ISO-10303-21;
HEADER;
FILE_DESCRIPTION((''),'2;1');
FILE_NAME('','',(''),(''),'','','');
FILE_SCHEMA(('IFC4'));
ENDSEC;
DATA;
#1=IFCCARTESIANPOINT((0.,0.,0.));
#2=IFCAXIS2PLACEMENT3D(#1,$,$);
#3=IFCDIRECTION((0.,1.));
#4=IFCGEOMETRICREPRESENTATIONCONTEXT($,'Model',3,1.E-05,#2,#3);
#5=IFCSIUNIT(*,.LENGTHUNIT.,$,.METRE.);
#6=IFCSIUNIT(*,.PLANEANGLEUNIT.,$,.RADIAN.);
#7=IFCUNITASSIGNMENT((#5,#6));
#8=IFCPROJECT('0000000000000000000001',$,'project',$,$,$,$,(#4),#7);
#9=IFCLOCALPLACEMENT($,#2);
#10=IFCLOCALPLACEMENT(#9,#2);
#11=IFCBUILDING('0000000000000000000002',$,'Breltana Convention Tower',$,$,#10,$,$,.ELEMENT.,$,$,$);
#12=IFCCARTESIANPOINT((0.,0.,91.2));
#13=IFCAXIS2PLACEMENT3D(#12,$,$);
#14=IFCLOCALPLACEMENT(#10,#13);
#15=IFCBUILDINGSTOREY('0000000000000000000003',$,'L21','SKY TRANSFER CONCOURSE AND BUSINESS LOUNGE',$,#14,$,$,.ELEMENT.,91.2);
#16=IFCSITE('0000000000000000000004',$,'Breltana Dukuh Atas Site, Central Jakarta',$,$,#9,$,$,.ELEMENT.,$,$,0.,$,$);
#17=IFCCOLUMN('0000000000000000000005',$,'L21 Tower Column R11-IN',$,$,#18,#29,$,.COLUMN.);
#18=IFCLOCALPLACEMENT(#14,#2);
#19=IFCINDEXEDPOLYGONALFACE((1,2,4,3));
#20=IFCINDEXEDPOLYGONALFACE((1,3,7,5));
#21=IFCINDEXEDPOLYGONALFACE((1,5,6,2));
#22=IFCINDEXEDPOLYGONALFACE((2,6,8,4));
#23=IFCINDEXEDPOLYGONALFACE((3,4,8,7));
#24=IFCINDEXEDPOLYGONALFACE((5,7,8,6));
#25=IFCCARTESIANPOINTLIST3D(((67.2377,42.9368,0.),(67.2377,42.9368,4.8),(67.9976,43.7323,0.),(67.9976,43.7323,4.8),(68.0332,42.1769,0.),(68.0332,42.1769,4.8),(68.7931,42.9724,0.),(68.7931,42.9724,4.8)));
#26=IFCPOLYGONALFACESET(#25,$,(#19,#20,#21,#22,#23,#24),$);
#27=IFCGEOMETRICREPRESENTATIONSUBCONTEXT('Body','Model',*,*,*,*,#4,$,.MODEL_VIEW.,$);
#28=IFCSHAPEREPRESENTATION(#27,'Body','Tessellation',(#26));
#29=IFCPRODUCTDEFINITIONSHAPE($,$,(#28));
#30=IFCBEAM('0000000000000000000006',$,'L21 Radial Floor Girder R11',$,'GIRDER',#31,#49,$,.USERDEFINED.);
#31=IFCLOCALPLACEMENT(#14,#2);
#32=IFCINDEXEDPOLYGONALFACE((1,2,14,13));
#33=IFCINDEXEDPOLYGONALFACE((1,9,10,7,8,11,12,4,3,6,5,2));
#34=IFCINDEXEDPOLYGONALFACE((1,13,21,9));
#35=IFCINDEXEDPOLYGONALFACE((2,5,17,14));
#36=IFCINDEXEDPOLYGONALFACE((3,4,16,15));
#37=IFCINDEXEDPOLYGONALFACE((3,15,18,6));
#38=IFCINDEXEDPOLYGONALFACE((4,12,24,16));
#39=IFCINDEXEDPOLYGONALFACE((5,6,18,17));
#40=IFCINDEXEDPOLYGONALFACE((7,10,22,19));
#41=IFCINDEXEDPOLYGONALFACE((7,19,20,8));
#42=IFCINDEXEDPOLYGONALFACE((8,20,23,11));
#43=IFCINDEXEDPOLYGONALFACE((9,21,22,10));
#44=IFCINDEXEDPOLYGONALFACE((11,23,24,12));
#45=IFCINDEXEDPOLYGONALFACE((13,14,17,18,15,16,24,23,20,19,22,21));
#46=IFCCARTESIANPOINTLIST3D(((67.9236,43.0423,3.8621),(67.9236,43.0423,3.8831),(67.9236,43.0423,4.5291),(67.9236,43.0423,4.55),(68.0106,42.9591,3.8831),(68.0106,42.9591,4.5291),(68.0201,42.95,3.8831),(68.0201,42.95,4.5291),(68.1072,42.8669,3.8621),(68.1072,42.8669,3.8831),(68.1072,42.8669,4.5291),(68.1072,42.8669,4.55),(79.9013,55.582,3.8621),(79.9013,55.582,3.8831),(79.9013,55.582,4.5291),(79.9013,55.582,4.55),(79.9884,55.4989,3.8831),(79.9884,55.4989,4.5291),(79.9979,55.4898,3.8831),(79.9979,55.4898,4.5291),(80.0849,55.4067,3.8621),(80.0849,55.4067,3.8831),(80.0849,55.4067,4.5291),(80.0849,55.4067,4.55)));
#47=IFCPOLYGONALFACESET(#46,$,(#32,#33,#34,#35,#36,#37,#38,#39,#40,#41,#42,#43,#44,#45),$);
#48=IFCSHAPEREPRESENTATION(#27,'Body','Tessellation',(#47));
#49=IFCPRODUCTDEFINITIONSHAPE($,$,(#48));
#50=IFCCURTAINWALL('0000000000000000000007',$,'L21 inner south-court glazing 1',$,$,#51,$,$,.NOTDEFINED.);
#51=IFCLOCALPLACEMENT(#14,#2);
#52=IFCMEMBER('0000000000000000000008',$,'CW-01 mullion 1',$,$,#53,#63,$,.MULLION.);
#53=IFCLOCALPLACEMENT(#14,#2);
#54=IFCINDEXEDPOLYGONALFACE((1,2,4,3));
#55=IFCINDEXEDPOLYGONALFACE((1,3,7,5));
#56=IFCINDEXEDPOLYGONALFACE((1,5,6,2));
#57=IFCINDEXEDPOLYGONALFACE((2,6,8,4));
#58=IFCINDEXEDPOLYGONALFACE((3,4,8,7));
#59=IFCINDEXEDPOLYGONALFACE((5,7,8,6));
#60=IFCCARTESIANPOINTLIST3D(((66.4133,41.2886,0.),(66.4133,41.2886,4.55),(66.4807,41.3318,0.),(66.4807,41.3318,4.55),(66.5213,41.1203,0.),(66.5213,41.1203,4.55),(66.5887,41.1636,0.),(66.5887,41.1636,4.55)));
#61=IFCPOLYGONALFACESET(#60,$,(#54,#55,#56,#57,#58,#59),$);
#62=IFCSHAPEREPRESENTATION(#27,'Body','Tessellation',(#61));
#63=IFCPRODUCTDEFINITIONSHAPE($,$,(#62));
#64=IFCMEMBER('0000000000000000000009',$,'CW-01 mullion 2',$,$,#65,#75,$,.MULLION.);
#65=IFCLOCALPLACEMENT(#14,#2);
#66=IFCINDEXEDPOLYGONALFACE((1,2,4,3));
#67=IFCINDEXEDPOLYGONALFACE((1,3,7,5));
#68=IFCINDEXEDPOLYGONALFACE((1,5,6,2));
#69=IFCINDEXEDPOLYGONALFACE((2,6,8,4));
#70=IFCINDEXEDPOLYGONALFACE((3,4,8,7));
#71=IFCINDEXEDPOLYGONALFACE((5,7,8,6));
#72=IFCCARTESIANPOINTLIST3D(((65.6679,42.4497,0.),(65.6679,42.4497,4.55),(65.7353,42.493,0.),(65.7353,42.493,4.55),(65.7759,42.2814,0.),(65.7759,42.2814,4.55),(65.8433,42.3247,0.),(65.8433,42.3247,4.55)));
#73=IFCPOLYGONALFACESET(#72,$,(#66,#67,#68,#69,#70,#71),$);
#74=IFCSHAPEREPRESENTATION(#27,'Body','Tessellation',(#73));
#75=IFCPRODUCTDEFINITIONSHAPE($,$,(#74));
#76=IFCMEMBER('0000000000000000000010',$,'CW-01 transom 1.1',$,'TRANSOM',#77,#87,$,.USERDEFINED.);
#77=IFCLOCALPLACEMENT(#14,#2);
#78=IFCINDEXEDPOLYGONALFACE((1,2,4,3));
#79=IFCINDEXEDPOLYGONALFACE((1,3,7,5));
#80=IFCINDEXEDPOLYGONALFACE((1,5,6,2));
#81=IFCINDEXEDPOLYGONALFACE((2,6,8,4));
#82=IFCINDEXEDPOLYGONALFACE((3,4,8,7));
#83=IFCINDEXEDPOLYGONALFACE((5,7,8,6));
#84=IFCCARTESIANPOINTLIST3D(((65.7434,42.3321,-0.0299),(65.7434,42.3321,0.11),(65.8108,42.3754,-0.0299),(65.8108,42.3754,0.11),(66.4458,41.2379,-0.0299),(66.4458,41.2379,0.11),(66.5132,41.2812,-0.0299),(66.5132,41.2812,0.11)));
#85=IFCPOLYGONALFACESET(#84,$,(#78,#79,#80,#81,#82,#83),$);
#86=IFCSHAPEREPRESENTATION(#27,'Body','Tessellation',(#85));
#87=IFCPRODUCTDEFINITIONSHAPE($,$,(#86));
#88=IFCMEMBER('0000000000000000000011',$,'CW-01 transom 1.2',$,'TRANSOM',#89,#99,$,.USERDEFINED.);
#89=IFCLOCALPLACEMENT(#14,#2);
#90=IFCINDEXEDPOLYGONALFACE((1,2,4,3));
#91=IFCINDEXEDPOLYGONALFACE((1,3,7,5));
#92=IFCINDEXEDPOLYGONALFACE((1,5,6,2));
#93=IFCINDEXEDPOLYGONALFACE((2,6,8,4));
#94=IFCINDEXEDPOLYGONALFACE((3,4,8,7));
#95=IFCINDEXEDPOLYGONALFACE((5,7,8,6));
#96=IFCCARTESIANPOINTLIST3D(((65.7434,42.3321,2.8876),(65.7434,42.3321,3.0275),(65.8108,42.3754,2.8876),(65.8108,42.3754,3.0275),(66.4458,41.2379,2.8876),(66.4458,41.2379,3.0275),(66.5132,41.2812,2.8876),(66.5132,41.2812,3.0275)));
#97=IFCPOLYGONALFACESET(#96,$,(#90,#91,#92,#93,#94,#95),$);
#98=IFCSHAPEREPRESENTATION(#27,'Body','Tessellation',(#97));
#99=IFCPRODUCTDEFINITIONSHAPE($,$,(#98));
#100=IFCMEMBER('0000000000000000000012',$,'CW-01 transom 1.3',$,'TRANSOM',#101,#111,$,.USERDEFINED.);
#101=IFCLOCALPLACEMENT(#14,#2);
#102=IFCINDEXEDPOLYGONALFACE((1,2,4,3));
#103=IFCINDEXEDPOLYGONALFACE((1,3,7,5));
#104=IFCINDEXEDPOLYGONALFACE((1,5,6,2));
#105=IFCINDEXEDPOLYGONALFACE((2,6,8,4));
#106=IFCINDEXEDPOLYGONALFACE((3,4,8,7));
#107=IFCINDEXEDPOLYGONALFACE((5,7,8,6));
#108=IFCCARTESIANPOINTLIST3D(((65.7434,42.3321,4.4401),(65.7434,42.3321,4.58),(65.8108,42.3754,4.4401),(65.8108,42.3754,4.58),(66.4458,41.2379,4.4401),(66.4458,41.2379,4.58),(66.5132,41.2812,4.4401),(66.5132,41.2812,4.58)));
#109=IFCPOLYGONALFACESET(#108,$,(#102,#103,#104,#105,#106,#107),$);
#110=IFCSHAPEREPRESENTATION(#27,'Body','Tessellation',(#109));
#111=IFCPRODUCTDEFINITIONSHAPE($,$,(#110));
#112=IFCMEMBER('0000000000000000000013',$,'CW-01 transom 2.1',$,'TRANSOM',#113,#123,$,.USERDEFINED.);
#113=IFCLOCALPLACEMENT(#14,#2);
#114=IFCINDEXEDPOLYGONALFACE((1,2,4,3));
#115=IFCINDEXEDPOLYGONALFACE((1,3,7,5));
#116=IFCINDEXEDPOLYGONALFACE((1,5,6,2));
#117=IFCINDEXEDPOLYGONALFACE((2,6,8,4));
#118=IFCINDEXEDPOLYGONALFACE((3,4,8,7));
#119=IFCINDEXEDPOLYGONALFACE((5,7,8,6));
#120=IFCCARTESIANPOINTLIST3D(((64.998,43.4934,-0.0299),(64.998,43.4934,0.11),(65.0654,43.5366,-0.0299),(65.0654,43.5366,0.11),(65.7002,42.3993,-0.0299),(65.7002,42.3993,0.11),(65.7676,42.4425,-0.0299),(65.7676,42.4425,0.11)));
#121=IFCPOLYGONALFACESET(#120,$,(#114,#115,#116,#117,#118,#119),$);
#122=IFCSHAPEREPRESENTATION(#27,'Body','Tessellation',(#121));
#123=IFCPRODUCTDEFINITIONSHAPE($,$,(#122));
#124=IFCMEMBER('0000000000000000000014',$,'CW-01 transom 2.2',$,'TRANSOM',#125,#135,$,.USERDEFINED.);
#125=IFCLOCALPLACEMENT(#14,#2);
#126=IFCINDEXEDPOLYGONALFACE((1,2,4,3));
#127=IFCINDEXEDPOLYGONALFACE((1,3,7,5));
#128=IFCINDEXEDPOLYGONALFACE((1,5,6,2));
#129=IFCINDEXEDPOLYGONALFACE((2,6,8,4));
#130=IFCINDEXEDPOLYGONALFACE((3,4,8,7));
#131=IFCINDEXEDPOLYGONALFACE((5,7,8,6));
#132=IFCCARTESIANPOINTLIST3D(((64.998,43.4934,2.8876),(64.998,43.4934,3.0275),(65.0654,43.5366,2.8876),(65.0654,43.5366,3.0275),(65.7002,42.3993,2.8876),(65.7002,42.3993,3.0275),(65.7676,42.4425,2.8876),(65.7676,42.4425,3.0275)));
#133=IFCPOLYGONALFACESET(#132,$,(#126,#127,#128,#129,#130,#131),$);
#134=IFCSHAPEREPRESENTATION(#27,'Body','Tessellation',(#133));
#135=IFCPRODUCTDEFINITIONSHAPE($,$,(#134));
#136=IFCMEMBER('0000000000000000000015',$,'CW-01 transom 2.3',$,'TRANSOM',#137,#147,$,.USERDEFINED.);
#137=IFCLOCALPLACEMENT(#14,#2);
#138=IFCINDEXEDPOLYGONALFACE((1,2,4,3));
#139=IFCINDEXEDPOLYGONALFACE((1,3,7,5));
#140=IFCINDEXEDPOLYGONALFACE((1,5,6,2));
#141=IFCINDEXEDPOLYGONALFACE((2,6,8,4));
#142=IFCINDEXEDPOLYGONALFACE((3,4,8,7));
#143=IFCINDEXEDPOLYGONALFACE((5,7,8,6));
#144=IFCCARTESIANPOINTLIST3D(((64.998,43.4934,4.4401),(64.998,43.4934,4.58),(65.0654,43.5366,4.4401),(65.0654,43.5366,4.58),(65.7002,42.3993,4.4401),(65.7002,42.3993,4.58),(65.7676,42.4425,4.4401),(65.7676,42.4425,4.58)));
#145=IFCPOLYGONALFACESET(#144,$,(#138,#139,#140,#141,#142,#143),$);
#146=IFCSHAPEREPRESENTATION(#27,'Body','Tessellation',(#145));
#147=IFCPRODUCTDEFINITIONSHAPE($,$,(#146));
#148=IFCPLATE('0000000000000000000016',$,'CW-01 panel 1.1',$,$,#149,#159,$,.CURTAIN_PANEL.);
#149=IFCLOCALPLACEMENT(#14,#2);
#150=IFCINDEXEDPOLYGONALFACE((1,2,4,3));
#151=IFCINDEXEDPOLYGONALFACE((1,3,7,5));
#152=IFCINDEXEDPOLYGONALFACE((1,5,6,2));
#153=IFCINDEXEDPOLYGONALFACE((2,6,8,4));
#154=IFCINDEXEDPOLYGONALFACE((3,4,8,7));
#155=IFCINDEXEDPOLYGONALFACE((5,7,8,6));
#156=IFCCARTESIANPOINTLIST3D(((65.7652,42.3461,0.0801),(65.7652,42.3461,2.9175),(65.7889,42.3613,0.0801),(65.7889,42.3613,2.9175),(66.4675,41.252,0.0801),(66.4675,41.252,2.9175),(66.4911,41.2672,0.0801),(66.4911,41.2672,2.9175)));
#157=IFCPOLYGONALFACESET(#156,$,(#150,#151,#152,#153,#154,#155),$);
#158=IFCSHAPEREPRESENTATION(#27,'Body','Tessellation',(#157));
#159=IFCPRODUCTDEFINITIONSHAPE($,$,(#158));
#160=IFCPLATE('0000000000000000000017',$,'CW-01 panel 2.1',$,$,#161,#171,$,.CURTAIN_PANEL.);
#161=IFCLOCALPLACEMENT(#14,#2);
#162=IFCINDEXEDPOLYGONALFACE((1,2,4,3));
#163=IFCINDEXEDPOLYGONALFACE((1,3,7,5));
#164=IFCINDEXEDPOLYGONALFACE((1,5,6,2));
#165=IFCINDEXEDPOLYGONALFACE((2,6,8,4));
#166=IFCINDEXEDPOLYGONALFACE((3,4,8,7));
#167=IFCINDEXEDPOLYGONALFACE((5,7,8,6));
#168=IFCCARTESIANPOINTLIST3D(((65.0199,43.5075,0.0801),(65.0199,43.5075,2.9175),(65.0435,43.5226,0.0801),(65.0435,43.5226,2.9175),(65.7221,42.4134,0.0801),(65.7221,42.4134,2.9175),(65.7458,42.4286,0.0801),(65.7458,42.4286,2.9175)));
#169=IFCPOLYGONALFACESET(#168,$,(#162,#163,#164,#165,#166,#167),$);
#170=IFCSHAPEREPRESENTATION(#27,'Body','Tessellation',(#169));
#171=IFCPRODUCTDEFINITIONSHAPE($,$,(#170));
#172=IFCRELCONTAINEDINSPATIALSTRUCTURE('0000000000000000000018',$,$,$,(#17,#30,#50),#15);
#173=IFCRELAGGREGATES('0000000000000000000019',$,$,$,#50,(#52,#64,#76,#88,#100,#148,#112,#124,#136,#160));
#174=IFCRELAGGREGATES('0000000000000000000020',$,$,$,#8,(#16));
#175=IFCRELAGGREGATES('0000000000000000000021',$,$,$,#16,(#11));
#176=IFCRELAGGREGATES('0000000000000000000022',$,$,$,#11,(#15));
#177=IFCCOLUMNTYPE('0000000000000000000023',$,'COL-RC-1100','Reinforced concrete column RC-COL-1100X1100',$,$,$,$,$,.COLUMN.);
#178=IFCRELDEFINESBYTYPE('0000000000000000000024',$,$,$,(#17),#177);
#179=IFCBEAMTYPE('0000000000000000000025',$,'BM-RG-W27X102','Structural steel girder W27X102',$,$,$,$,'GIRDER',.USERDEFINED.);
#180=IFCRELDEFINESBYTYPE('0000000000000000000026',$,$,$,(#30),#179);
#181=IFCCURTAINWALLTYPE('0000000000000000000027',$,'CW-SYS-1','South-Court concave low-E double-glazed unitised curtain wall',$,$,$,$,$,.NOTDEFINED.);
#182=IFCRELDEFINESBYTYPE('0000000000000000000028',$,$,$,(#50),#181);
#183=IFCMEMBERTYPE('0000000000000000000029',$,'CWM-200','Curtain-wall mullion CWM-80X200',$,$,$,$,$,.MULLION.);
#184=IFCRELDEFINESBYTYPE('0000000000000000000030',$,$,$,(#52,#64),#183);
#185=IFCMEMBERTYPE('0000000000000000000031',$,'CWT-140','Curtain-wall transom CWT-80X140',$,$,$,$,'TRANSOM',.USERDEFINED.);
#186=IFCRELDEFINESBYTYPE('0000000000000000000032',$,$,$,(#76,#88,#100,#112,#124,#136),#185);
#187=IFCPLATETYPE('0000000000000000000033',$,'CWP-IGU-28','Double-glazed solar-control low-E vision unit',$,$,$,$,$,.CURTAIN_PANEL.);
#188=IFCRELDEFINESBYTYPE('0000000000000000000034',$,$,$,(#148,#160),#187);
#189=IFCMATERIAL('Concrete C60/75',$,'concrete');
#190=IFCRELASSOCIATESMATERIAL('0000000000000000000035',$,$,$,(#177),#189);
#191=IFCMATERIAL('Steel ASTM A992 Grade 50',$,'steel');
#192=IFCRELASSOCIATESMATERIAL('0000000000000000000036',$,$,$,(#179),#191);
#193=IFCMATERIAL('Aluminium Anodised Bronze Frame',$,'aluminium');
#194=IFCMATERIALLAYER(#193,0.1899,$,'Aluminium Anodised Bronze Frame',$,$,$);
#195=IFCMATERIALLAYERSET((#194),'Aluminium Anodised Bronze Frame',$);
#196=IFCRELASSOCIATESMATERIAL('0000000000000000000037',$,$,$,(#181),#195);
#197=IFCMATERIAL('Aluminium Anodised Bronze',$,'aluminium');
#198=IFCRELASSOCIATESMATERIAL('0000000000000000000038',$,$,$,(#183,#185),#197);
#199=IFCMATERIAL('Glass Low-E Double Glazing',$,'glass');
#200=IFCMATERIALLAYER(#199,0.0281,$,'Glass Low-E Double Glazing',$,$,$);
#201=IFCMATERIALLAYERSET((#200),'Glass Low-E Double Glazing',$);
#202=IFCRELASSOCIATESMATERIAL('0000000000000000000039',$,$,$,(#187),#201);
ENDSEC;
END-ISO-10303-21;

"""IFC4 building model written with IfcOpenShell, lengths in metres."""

from ifc_helpers import new_model, si_unit, direction, frame, origin, origin_2d, place, context, subcontext, project, spatial, rectangle, i_section, extrude, source, transform, mapped, material, layer, layer_set, material_profile, profile_set, type_object, type_shapes, element, aggregate, save


model = new_model("IFC4")

# Units and contexts
model_context = context("Model", 3, precision=1e-05, world=origin(), true_north=direction((0.0, 1.0)))
body_context = subcontext(model_context, "Body", "Model", "MODEL_VIEW")
ifc_project = project(units=[si_unit("LENGTHUNIT", "METRE"), si_unit("PLANEANGLEUNIT", "RADIAN")], contexts=[model_context])

# Site, building, storey
site_placement = place(None, origin())
site = spatial("IfcSite", under=ifc_project, at=site_placement, Name="Breltana Dukuh Atas Site, Central Jakarta", CompositionType="ELEMENT", RefElevation=0.0)
building_placement = place(site_placement, origin())
building = spatial("IfcBuilding", under=site, at=building_placement, Name="Breltana Convention Tower", CompositionType="ELEMENT")
storey_placement = place(building_placement, frame((0.0, 0.0, 91.2)))
storey = spatial("IfcBuildingStorey", under=building, at=storey_placement, Name="L21", Description="SKY TRANSFER CONCOURSE AND BUSINESS LOUNGE", CompositionType="ELEMENT", Elevation=91.2)

# Column
ifc_material_1 = material(Name="Concrete C60/75", Category="concrete")
ifc_material_profile_1 = material_profile(ifc_material_1, rectangle(XDim=1.1001, YDim=1.1001, at=origin_2d()), Name="RC-COL-1100X1100")
ifc_profile_set_1 = profile_set([ifc_material_profile_1], Name="Concrete C60/75")
column_type = type_object("IfcColumnType", Name="COL-RC-1100", Description="Reinforced concrete column RC-COL-1100X1100", PredefinedType="COLUMN", material=ifc_profile_set_1)
shared_shape_1 = source(origin(), body_context, "Body", "SweptSolid", [
    extrude(rectangle(XDim=1.1001, YDim=1.1001, at=origin_2d()), origin(), (0.0, 0.0, 1.0), 4.8),
])
column_placement = place(storey_placement, frame((68.0154, 42.9546, 0.0), z_axis=(0.0, 0.0, 1.0), x_axis=(0.690756, 0.723088, 0.0)))
element("IfcColumn", 1, at=column_placement, inside=storey, type_object=column_type, Name="L21 Tower Column R11-IN", PredefinedType="COLUMN", context=body_context, shape_type="MappedRepresentation", body=[
    mapped(shared_shape_1, transform((0.0, 0.0, 0.0), scale=1.0)),
])

# Beam
ifc_material_2 = material(Name="Steel ASTM A992 Grade 50", Category="steel")
ifc_material_profile_2 = material_profile(ifc_material_2, i_section(OverallWidth=0.2539, OverallDepth=0.688, WebThickness=0.0132, FlangeThickness=0.021, at=origin_2d()), Name="W27X102")
ifc_profile_set_2 = profile_set([ifc_material_profile_2], Name="Steel ASTM A992 Grade 50")
beam_type = type_object("IfcBeamType", Name="BM-RG-W27X102", Description="Structural steel girder W27X102", ElementType="GIRDER", PredefinedType="USERDEFINED", material=ifc_profile_set_2)
shared_shape_2 = source(origin(), body_context, "Body", "SweptSolid", [
    extrude(i_section(OverallWidth=0.2539, OverallDepth=0.688, WebThickness=0.0132, FlangeThickness=0.021, at=origin_2d()), origin(), (0.0, 0.0, 1.0), 17.3411),
])
type_shapes(beam_type, [shared_shape_2])
beam_placement = place(storey_placement, frame((68.0154, 42.9546, 4.2061), z_axis=(0.690716, 0.723126, 0.0), x_axis=(-0.723126, 0.690716, 0.0)))
element("IfcBeam", 2, at=beam_placement, inside=storey, type_object=beam_type, Name="L21 Radial Floor Girder R11", ObjectType="GIRDER", PredefinedType="USERDEFINED", context=body_context, shape_type="MappedRepresentation", body=[
    mapped(shared_shape_2, transform((0.0, 0.0, 0.0), scale=1.0)),
])

# Curtain wall, members, plates
ifc_material_3 = material(Name="Aluminium Anodised Bronze Frame", Category="aluminium")
ifc_layer_1 = layer(ifc_material_3, 0.1899, Name="Aluminium Anodised Bronze Frame")
ifc_layer_set_1 = layer_set([ifc_layer_1], Name="Aluminium Anodised Bronze Frame")
curtain_wall_type = type_object("IfcCurtainWallType", Name="CW-SYS-1", Description="South-Court concave low-E double-glazed unitised curtain wall", PredefinedType="NOTDEFINED", material=ifc_layer_set_1)
curtain_wall_placement = place(storey_placement, origin())
curtain_wall = element("IfcCurtainWall", 3, at=curtain_wall_placement, inside=storey, type_object=curtain_wall_type, Name="L21 inner south-court glazing 1", PredefinedType="NOTDEFINED")
ifc_material_4 = material(Name="Aluminium Anodised Bronze", Category="aluminium")
ifc_material_profile_3 = material_profile(ifc_material_4, rectangle(XDim=0.0801, YDim=0.2, at=origin_2d()), Name="CWM-80X200")
ifc_profile_set_3 = profile_set([ifc_material_profile_3], Name="Aluminium Anodised Bronze")
member_type_1 = type_object("IfcMemberType", Name="CWM-200", Description="Curtain-wall mullion CWM-80X200", PredefinedType="MULLION", material=ifc_profile_set_3)
shared_shape_3 = source(origin(), body_context, "Body", "SweptSolid", [
    extrude(rectangle(XDim=0.0801, YDim=0.2, at=origin_2d()), origin(), (0.0, 0.0, 1.0), 4.55),
])
member_1_placement = place(storey_placement, frame((66.501, 41.2261, 0.0), z_axis=(0.0, 0.0, 1.0), x_axis=(-0.841551, -0.540177, 0.0)))
member_1 = element("IfcMember", 4, at=member_1_placement, type_object=member_type_1, Name="CW-01 mullion 1", PredefinedType="MULLION", context=body_context, shape_type="MappedRepresentation", body=[
    mapped(shared_shape_3, transform((0.0, 0.0, 0.0), scale=1.0)),
])
member_2_placement = place(storey_placement, frame((65.7556, 42.3872, 0.0), z_axis=(0.0, 0.0, 1.0), x_axis=(-0.841551, -0.540177, 0.0)))
member_2 = element("IfcMember", 5, at=member_2_placement, type_object=member_type_1, Name="CW-01 mullion 2", PredefinedType="MULLION", context=body_context, shape_type="MappedRepresentation", body=[
    mapped(shared_shape_3, transform((0.0, 0.0, 0.0), scale=1.0)),
])
ifc_material_profile_4 = material_profile(ifc_material_4, rectangle(XDim=0.0801, YDim=0.1399, at=origin_2d()), Name="CWT-80X140")
ifc_profile_set_4 = profile_set([ifc_material_profile_4], Name="Aluminium Anodised Bronze")
member_type_2 = type_object("IfcMemberType", Name="CWT-140", Description="Curtain-wall transom CWT-80X140", ElementType="TRANSOM", PredefinedType="USERDEFINED", material=ifc_profile_set_4)
shared_shape_4 = source(origin(), body_context, "Body", "SweptSolid", [
    extrude(rectangle(XDim=0.0801, YDim=0.1399, at=origin_2d()), origin(), (0.0, 0.0, 1.0), 1.3003),
])
member_3_placement = place(storey_placement, frame((66.4795, 41.2595, 0.04), z_axis=(-0.540188, 0.841544, 0.0), x_axis=(-0.841544, -0.540188, 0.0)))
member_3 = element("IfcMember", 6, at=member_3_placement, type_object=member_type_2, Name="CW-01 transom 1.1", ObjectType="TRANSOM", PredefinedType="USERDEFINED", context=body_context, shape_type="MappedRepresentation", body=[
    mapped(shared_shape_4, transform((0.0, 0.0, 0.0), scale=1.0)),
])
member_4_placement = place(storey_placement, frame((66.4795, 41.2595, 2.9575), z_axis=(-0.540188, 0.841544, 0.0), x_axis=(-0.841544, -0.540188, 0.0)))
member_4 = element("IfcMember", 7, at=member_4_placement, type_object=member_type_2, Name="CW-01 transom 1.2", ObjectType="TRANSOM", PredefinedType="USERDEFINED", context=body_context, shape_type="MappedRepresentation", body=[
    mapped(shared_shape_4, transform((0.0, 0.0, 0.0), scale=1.0)),
])
member_5_placement = place(storey_placement, frame((66.4795, 41.2595, 4.51), z_axis=(-0.540188, 0.841544, 0.0), x_axis=(-0.841544, -0.540188, 0.0)))
member_5 = element("IfcMember", 8, at=member_5_placement, type_object=member_type_2, Name="CW-01 transom 1.3", ObjectType="TRANSOM", PredefinedType="USERDEFINED", context=body_context, shape_type="MappedRepresentation", body=[
    mapped(shared_shape_4, transform((0.0, 0.0, 0.0), scale=1.0)),
])
shared_shape_5 = source(origin(), body_context, "Body", "SweptSolid", [
    extrude(rectangle(XDim=0.0801, YDim=0.1399, at=origin_2d()), origin(), (0.0, 0.0, 1.0), 1.3),
])
member_6_placement = place(storey_placement, frame((65.7339, 42.4209, 0.04), z_axis=(-0.54014, 0.841575, 0.0), x_axis=(-0.841575, -0.54014, 0.0)))
member_6 = element("IfcMember", 9, at=member_6_placement, type_object=member_type_2, Name="CW-01 transom 2.1", ObjectType="TRANSOM", PredefinedType="USERDEFINED", context=body_context, shape_type="MappedRepresentation", body=[
    mapped(shared_shape_5, transform((0.0, 0.0, 0.0), scale=1.0)),
])
member_7_placement = place(storey_placement, frame((65.7339, 42.4209, 2.9575), z_axis=(-0.54014, 0.841575, 0.0), x_axis=(-0.841575, -0.54014, 0.0)))
member_7 = element("IfcMember", 10, at=member_7_placement, type_object=member_type_2, Name="CW-01 transom 2.2", ObjectType="TRANSOM", PredefinedType="USERDEFINED", context=body_context, shape_type="MappedRepresentation", body=[
    mapped(shared_shape_5, transform((0.0, 0.0, 0.0), scale=1.0)),
])
member_8_placement = place(storey_placement, frame((65.7339, 42.4209, 4.51), z_axis=(-0.54014, 0.841575, 0.0), x_axis=(-0.841575, -0.54014, 0.0)))
member_8 = element("IfcMember", 11, at=member_8_placement, type_object=member_type_2, Name="CW-01 transom 2.3", ObjectType="TRANSOM", PredefinedType="USERDEFINED", context=body_context, shape_type="MappedRepresentation", body=[
    mapped(shared_shape_5, transform((0.0, 0.0, 0.0), scale=1.0)),
])
ifc_material_5 = material(Name="Glass Low-E Double Glazing", Category="glass")
ifc_layer_2 = layer(ifc_material_5, 0.0281, Name="Glass Low-E Double Glazing")
ifc_layer_set_2 = layer_set([ifc_layer_2], Name="Glass Low-E Double Glazing")
plate_type = type_object("IfcPlateType", Name="CWP-IGU-28", Description="Double-glazed solar-control low-E vision unit", PredefinedType="CURTAIN_PANEL", material=ifc_layer_set_2)
shared_shape_6 = source(origin(), body_context, "Body", "SweptSolid", [
    extrude(rectangle(XDim=1.3, YDim=0.0281, at=origin_2d()), origin(), (0.0, 0.0, 1.0), 2.8374),
])
plate_1_placement = place(storey_placement, frame((66.1282, 41.8066, 0.0801), z_axis=(0.0, 0.0, 1.0), x_axis=(-0.540177, 0.841551, 0.0)))
plate_1 = element("IfcPlate", 12, at=plate_1_placement, type_object=plate_type, Name="CW-01 panel 1.1", PredefinedType="CURTAIN_PANEL", context=body_context, shape_type="MappedRepresentation", body=[
    mapped(shared_shape_6, transform((0.0, 0.0, 0.0), scale=1.0)),
])
plate_2_placement = place(storey_placement, frame((65.3828, 42.968, 0.0801), z_axis=(0.0, 0.0, 1.0), x_axis=(-0.540177, 0.841551, 0.0)))
plate_2 = element("IfcPlate", 13, at=plate_2_placement, type_object=plate_type, Name="CW-01 panel 2.1", PredefinedType="CURTAIN_PANEL", context=body_context, shape_type="MappedRepresentation", body=[
    mapped(shared_shape_6, transform((0.0, 0.0, 0.0), scale=1.0)),
])
aggregate(curtain_wall, [member_1, member_2, member_3, member_4, member_5, plate_1, member_6, member_7, member_8, plate_2])

save(model, "model.ifc")
